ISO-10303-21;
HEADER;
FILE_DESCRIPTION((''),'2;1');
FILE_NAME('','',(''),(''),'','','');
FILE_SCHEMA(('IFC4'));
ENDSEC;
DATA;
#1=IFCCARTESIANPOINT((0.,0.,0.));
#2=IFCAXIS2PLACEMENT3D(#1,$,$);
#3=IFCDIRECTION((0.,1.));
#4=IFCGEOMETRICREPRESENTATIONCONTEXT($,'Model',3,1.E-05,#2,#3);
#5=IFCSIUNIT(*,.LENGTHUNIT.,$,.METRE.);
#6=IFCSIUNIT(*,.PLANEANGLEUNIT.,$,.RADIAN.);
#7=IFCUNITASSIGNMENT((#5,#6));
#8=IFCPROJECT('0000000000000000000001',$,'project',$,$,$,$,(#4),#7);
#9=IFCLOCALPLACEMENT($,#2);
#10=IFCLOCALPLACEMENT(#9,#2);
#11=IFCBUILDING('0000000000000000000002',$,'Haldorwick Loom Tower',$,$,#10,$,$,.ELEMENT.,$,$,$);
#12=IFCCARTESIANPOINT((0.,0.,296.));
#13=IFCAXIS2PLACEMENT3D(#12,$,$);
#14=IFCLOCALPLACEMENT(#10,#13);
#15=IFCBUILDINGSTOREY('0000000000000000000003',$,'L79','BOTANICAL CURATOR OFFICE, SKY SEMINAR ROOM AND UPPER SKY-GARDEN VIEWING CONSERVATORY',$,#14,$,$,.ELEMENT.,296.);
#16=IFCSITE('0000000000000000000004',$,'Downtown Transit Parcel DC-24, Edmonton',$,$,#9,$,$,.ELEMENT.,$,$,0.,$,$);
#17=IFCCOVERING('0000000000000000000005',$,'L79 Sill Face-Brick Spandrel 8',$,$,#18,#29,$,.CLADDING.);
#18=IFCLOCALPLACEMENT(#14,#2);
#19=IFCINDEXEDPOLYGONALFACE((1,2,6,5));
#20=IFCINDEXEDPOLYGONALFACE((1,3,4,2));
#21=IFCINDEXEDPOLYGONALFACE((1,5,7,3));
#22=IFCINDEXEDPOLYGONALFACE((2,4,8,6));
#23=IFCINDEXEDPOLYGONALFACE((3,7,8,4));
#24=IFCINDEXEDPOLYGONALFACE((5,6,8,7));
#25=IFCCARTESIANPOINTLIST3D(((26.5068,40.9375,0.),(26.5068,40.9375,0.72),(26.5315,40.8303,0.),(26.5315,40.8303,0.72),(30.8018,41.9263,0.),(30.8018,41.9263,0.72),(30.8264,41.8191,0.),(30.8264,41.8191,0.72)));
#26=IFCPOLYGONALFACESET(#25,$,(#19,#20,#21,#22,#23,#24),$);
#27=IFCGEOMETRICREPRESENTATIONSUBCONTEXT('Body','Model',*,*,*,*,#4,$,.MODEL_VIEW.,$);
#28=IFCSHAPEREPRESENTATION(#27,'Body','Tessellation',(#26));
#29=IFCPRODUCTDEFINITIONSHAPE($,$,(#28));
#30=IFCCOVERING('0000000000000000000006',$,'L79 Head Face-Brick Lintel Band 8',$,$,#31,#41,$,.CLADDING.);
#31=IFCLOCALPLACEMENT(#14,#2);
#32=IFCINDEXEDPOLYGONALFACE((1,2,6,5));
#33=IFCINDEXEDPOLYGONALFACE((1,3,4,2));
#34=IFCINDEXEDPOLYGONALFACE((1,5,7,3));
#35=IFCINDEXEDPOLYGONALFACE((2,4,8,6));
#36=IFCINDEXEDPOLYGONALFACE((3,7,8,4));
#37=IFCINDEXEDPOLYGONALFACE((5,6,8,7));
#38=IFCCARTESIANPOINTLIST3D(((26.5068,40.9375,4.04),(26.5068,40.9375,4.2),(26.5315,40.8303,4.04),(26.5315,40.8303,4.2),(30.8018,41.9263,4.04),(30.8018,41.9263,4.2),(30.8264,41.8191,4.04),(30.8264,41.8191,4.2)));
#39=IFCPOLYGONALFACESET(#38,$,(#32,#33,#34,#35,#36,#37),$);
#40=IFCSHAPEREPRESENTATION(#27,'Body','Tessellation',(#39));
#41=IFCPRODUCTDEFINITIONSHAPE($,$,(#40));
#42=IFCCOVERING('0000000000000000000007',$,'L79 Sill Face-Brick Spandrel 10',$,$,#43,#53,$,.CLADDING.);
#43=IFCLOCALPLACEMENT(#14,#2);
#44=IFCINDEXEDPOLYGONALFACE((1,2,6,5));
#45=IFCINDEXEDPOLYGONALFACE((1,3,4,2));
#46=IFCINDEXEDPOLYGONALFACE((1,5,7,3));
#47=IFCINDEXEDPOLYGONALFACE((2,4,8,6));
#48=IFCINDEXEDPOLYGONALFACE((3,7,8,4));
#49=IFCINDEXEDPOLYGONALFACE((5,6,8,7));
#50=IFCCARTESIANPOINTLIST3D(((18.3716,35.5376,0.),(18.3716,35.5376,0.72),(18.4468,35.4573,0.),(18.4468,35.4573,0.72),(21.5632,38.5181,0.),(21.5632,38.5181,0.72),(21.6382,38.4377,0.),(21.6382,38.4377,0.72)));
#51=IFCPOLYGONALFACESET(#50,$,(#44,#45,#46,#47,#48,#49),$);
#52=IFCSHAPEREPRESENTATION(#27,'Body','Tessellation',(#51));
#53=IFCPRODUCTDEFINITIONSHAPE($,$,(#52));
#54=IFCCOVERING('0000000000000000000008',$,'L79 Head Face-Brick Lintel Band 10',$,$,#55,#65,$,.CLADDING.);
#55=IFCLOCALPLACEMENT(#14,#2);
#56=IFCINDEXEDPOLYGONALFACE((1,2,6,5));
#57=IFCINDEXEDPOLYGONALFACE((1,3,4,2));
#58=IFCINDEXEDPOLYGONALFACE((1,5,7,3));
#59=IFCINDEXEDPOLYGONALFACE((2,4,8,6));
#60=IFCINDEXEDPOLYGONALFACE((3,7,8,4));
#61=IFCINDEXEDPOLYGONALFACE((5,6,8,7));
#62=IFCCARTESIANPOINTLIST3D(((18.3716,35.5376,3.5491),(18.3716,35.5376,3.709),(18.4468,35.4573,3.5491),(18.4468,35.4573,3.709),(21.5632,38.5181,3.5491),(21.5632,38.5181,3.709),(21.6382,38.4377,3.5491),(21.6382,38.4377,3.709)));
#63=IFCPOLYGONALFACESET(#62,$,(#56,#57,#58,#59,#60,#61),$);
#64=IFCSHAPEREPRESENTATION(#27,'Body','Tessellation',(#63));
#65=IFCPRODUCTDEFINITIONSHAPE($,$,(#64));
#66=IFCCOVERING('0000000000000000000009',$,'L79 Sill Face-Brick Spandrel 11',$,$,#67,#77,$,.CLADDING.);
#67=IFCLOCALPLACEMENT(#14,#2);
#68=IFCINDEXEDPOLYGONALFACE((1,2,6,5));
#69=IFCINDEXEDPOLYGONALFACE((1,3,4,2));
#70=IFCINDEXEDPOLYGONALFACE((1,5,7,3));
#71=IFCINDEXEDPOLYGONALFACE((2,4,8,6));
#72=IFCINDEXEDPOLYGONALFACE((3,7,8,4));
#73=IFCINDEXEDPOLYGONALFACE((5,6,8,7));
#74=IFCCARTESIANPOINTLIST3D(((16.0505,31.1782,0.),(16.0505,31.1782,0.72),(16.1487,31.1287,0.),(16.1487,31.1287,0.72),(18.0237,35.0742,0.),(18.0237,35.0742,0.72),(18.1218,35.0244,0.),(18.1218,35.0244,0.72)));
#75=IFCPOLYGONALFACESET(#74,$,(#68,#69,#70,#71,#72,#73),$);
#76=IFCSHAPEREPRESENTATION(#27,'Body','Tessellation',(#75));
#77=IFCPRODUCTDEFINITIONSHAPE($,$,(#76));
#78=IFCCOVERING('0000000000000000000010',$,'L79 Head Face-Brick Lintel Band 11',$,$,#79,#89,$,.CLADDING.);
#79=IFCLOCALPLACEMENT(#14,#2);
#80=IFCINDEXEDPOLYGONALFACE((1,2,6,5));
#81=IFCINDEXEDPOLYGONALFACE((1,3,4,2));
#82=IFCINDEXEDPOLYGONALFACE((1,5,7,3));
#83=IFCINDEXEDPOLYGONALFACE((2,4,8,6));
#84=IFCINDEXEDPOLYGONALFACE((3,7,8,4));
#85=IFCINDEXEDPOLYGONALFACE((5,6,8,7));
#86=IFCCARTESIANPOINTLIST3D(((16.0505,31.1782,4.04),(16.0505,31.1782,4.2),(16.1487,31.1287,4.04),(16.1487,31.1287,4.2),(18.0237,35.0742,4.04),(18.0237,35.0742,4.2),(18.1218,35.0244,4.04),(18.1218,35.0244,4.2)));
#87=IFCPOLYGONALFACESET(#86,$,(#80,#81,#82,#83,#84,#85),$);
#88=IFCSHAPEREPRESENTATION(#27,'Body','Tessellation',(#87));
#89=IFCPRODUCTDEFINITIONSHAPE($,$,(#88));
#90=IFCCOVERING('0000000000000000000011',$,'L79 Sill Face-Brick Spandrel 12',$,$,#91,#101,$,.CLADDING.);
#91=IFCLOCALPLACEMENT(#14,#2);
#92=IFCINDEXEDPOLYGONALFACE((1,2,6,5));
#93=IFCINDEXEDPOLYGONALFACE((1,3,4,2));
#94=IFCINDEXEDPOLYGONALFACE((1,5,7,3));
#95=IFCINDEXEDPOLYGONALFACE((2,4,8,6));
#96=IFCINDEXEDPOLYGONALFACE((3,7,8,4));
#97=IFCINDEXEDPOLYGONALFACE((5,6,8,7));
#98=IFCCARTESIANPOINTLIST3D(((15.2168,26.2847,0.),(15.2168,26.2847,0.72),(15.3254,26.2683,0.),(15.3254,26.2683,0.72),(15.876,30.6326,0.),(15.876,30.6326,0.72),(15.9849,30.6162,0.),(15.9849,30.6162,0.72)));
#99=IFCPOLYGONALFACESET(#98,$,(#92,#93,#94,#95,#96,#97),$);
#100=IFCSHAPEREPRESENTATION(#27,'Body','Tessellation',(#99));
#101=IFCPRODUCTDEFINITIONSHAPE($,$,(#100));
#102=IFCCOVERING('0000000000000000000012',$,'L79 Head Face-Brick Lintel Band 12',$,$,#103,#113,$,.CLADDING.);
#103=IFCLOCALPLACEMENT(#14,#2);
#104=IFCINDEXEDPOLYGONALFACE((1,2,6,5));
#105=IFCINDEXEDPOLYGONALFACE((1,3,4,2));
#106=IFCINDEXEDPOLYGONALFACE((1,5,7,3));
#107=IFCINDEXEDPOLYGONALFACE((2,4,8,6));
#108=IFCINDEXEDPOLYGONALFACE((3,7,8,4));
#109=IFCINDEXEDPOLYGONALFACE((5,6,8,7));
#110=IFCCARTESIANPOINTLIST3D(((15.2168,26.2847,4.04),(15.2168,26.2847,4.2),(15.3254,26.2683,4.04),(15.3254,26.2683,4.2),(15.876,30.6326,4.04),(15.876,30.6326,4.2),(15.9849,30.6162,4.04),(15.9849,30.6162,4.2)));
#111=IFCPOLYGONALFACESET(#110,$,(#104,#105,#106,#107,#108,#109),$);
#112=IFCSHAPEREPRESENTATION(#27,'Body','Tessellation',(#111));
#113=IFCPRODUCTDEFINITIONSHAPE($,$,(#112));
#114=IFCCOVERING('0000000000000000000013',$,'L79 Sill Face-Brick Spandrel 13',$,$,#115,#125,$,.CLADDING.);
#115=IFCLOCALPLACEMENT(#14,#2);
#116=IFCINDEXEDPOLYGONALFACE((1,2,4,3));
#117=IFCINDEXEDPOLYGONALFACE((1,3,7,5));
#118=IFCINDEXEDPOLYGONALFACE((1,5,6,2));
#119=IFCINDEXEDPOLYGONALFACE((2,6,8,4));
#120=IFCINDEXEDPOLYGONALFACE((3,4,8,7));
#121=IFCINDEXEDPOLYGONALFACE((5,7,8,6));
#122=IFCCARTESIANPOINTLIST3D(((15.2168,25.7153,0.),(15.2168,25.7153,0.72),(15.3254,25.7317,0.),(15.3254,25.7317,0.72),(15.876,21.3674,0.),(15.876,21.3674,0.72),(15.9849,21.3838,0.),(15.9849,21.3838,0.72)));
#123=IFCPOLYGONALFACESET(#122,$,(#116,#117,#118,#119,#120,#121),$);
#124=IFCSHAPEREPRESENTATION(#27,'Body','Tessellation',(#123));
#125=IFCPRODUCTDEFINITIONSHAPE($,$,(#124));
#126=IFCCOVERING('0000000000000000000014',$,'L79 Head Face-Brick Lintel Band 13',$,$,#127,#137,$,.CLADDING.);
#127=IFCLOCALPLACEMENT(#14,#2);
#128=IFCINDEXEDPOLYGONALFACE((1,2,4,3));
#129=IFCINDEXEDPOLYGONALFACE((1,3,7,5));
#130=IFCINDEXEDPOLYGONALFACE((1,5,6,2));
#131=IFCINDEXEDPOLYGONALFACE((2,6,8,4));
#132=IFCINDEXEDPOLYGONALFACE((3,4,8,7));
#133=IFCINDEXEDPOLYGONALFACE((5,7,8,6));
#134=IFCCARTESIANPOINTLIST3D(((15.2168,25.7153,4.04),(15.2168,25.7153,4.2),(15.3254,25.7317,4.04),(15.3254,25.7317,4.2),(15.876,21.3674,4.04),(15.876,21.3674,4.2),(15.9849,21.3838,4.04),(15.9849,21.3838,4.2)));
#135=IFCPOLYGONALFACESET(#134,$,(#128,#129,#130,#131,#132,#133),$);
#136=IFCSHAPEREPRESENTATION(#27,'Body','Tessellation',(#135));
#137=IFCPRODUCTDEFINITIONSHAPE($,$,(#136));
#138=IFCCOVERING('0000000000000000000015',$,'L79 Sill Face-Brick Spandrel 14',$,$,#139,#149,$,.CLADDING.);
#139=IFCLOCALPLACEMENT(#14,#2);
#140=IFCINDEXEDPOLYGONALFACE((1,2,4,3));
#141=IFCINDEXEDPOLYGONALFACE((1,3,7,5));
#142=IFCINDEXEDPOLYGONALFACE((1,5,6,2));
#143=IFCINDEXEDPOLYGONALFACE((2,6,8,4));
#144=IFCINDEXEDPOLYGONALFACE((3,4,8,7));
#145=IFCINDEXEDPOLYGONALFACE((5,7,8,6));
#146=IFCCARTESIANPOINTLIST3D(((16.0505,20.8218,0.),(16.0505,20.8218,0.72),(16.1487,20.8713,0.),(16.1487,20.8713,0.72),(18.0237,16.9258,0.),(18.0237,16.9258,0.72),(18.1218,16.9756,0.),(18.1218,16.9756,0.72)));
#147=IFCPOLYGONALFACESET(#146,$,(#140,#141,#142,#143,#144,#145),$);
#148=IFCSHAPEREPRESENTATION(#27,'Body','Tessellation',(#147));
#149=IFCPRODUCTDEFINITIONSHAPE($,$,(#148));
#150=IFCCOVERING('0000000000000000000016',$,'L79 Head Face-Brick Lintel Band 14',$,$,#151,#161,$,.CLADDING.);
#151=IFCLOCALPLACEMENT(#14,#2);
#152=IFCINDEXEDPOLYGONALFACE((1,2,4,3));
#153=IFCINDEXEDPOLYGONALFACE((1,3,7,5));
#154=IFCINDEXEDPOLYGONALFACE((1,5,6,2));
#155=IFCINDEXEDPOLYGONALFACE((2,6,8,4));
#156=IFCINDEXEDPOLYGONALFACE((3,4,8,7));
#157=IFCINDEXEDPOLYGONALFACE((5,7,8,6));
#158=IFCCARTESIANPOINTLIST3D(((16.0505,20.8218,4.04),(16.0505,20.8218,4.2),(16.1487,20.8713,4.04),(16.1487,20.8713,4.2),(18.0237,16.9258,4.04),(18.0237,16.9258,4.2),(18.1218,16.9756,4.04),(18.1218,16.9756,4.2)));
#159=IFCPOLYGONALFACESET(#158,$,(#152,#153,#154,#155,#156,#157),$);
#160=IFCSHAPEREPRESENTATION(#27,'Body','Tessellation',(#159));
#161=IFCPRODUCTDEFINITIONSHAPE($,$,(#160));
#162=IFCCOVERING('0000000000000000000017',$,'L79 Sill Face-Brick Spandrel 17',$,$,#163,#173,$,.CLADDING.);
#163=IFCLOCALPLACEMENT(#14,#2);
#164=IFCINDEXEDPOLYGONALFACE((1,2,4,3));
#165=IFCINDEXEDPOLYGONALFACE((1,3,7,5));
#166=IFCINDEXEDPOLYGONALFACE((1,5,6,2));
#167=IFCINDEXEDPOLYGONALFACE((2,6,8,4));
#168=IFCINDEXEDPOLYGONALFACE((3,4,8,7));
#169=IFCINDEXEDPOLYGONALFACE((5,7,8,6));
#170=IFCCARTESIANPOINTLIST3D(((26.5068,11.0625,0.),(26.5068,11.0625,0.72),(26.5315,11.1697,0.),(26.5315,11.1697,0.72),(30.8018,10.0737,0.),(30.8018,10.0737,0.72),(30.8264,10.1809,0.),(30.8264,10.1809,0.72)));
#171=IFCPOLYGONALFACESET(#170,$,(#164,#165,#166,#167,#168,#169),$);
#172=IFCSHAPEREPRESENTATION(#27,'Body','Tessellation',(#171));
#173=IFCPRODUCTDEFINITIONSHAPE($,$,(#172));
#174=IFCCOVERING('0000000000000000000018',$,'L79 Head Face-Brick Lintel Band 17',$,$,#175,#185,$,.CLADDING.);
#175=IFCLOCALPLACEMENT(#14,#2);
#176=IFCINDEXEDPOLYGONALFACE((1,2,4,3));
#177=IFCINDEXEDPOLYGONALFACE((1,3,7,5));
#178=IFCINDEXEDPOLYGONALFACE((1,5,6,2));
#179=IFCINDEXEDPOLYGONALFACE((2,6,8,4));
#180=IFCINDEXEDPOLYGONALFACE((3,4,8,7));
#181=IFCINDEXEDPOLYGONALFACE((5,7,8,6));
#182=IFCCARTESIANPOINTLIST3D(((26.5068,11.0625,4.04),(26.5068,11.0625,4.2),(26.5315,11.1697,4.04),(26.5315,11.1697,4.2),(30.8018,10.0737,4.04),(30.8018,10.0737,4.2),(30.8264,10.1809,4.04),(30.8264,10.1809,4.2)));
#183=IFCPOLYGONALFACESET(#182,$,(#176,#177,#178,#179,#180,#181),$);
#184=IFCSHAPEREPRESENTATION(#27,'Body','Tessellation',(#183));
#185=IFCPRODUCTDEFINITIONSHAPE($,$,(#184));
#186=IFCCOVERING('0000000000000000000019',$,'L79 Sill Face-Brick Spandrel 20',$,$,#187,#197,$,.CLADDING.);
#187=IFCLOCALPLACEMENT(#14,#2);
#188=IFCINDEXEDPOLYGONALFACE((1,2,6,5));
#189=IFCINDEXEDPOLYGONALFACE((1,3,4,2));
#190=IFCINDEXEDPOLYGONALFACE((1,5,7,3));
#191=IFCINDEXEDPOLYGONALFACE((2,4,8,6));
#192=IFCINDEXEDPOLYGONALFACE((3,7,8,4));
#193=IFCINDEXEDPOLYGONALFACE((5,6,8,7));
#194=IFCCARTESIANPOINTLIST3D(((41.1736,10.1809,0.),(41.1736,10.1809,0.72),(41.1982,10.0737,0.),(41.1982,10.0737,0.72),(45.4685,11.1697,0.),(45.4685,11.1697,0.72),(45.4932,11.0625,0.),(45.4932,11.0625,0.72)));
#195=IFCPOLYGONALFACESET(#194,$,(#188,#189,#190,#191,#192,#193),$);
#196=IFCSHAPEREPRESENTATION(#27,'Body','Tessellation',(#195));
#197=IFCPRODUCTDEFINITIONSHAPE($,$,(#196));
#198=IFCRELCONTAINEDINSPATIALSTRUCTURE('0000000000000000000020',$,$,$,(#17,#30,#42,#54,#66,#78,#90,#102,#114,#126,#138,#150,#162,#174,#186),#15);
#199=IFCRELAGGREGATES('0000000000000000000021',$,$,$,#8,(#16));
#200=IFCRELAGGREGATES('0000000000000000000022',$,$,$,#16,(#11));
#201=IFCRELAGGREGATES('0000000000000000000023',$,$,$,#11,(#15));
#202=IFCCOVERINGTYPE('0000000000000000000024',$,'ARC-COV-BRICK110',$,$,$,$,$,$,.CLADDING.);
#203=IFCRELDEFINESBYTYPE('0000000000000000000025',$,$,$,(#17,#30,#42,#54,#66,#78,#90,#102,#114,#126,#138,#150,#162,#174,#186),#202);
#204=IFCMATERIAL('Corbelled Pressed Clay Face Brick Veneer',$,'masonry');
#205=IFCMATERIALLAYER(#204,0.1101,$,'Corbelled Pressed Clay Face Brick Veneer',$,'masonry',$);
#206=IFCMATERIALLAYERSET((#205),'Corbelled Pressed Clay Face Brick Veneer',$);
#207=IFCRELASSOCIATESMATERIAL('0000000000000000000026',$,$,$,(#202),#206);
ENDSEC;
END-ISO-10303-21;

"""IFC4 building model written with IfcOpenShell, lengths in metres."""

from ifc_helpers import new_model, si_unit, direction, frame, origin, place, context, subcontext, project, spatial, polyline, outline, extrude, material, layer, layer_set, type_object, element, save


model = new_model("IFC4")

# Units and contexts
model_context = context("Model", 3, precision=1e-05, world=origin(), true_north=direction((0.0, 1.0)))
body_context = subcontext(model_context, "Body", "Model", "MODEL_VIEW")
ifc_project = project(units=[si_unit("LENGTHUNIT", "METRE"), si_unit("PLANEANGLEUNIT", "RADIAN")], contexts=[model_context])

# Site, building, storey
site_placement = place(None, origin())
site = spatial("IfcSite", under=ifc_project, at=site_placement, Name="Downtown Transit Parcel DC-24, Edmonton", CompositionType="ELEMENT", RefElevation=0.0)
building_placement = place(site_placement, origin())
building = spatial("IfcBuilding", under=site, at=building_placement, Name="Haldorwick Loom Tower", CompositionType="ELEMENT")
storey_placement = place(building_placement, frame((0.0, 0.0, 296.0)))
storey = spatial("IfcBuildingStorey", under=building, at=storey_placement, Name="L79", Description="BOTANICAL CURATOR OFFICE, SKY SEMINAR ROOM AND UPPER SKY-GARDEN VIEWING CONSERVATORY", CompositionType="ELEMENT", Elevation=296.0)

# Coverings
ifc_material_1 = material(Name="Corbelled Pressed Clay Face Brick Veneer", Category="masonry")
ifc_layer_1 = layer(ifc_material_1, 0.1101, Name="Corbelled Pressed Clay Face Brick Veneer", Category="masonry")
ifc_layer_set_1 = layer_set([ifc_layer_1], Name="Corbelled Pressed Clay Face Brick Veneer")
covering_type = type_object("IfcCoveringType", Name="ARC-COV-BRICK110", PredefinedType="CLADDING", material=ifc_layer_set_1)
covering_1_placement = place(storey_placement, origin())
element("IfcCovering", 1, at=covering_1_placement, inside=storey, type_object=covering_type, Name="L79 Sill Face-Brick Spandrel 8", PredefinedType="CLADDING", context=body_context, shape_type="SweptSolid", body=[
    extrude(outline(polyline([(30.8018, 41.9263), (26.5068, 40.9375), (26.5315, 40.8303), (30.8264, 41.8191), (30.8018, 41.9263)])), origin(), (0.0, 0.0, 1.0), 0.72),
])
covering_2_placement = place(storey_placement, frame((0.0, 0.0, 4.04)))
element("IfcCovering", 2, at=covering_2_placement, inside=storey, type_object=covering_type, Name="L79 Head Face-Brick Lintel Band 8", PredefinedType="CLADDING", context=body_context, shape_type="SweptSolid", body=[
    extrude(outline(polyline([(30.8018, 41.9263), (26.5068, 40.9375), (26.5315, 40.8303), (30.8264, 41.8191), (30.8018, 41.9263)])), origin(), (0.0, 0.0, 1.0), 0.1599),
])
covering_3_placement = place(storey_placement, origin())
element("IfcCovering", 3, at=covering_3_placement, inside=storey, type_object=covering_type, Name="L79 Sill Face-Brick Spandrel 10", PredefinedType="CLADDING", context=body_context, shape_type="SweptSolid", body=[
    extrude(outline(polyline([(21.5632, 38.5181), (18.3716, 35.5376), (18.4468, 35.4573), (21.6382, 38.4377), (21.5632, 38.5181)])), origin(), (0.0, 0.0, 1.0), 0.72),
])
covering_4_placement = place(storey_placement, frame((0.0, 0.0, 3.5491)))
element("IfcCovering", 4, at=covering_4_placement, inside=storey, type_object=covering_type, Name="L79 Head Face-Brick Lintel Band 10", PredefinedType="CLADDING", context=body_context, shape_type="SweptSolid", body=[
    extrude(outline(polyline([(21.5632, 38.5181), (18.3716, 35.5376), (18.4468, 35.4573), (21.6382, 38.4377), (21.5632, 38.5181)])), origin(), (0.0, 0.0, 1.0), 0.1599),
])
covering_5_placement = place(storey_placement, origin())
element("IfcCovering", 5, at=covering_5_placement, inside=storey, type_object=covering_type, Name="L79 Sill Face-Brick Spandrel 11", PredefinedType="CLADDING", context=body_context, shape_type="SweptSolid", body=[
    extrude(outline(polyline([(18.0237, 35.0742), (16.0505, 31.1782), (16.1487, 31.1287), (18.1218, 35.0244), (18.0237, 35.0742)])), origin(), (0.0, 0.0, 1.0), 0.72),
])
covering_6_placement = place(storey_placement, frame((0.0, 0.0, 4.04)))
element("IfcCovering", 6, at=covering_6_placement, inside=storey, type_object=covering_type, Name="L79 Head Face-Brick Lintel Band 11", PredefinedType="CLADDING", context=body_context, shape_type="SweptSolid", body=[
    extrude(outline(polyline([(18.0237, 35.0742), (16.0505, 31.1782), (16.1487, 31.1287), (18.1218, 35.0244), (18.0237, 35.0742)])), origin(), (0.0, 0.0, 1.0), 0.1599),
])
covering_7_placement = place(storey_placement, origin())
element("IfcCovering", 7, at=covering_7_placement, inside=storey, type_object=covering_type, Name="L79 Sill Face-Brick Spandrel 12", PredefinedType="CLADDING", context=body_context, shape_type="SweptSolid", body=[
    extrude(outline(polyline([(15.876, 30.6326), (15.2168, 26.2847), (15.3254, 26.2683), (15.9849, 30.6162), (15.876, 30.6326)])), origin(), (0.0, 0.0, 1.0), 0.72),
])
covering_8_placement = place(storey_placement, frame((0.0, 0.0, 4.04)))
element("IfcCovering", 8, at=covering_8_placement, inside=storey, type_object=covering_type, Name="L79 Head Face-Brick Lintel Band 12", PredefinedType="CLADDING", context=body_context, shape_type="SweptSolid", body=[
    extrude(outline(polyline([(15.876, 30.6326), (15.2168, 26.2847), (15.3254, 26.2683), (15.9849, 30.6162), (15.876, 30.6326)])), origin(), (0.0, 0.0, 1.0), 0.1599),
])
covering_9_placement = place(storey_placement, origin())
element("IfcCovering", 9, at=covering_9_placement, inside=storey, type_object=covering_type, Name="L79 Sill Face-Brick Spandrel 13", PredefinedType="CLADDING", context=body_context, shape_type="SweptSolid", body=[
    extrude(outline(polyline([(15.2168, 25.7153), (15.876, 21.3674), (15.9849, 21.3838), (15.3254, 25.7317), (15.2168, 25.7153)])), origin(), (0.0, 0.0, 1.0), 0.72),
])
covering_10_placement = place(storey_placement, frame((0.0, 0.0, 4.04)))
element("IfcCovering", 10, at=covering_10_placement, inside=storey, type_object=covering_type, Name="L79 Head Face-Brick Lintel Band 13", PredefinedType="CLADDING", context=body_context, shape_type="SweptSolid", body=[
    extrude(outline(polyline([(15.2168, 25.7153), (15.876, 21.3674), (15.9849, 21.3838), (15.3254, 25.7317), (15.2168, 25.7153)])), origin(), (0.0, 0.0, 1.0), 0.1599),
])
covering_11_placement = place(storey_placement, origin())
element("IfcCovering", 11, at=covering_11_placement, inside=storey, type_object=covering_type, Name="L79 Sill Face-Brick Spandrel 14", PredefinedType="CLADDING", context=body_context, shape_type="SweptSolid", body=[
    extrude(outline(polyline([(16.0505, 20.8218), (18.0237, 16.9258), (18.1218, 16.9756), (16.1487, 20.8713), (16.0505, 20.8218)])), origin(), (0.0, 0.0, 1.0), 0.72),
])
covering_12_placement = place(storey_placement, frame((0.0, 0.0, 4.04)))
element("IfcCovering", 12, at=covering_12_placement, inside=storey, type_object=covering_type, Name="L79 Head Face-Brick Lintel Band 14", PredefinedType="CLADDING", context=body_context, shape_type="SweptSolid", body=[
    extrude(outline(polyline([(16.0505, 20.8218), (18.0237, 16.9258), (18.1218, 16.9756), (16.1487, 20.8713), (16.0505, 20.8218)])), origin(), (0.0, 0.0, 1.0), 0.1599),
])
covering_13_placement = place(storey_placement, origin())
element("IfcCovering", 13, at=covering_13_placement, inside=storey, type_object=covering_type, Name="L79 Sill Face-Brick Spandrel 17", PredefinedType="CLADDING", context=body_context, shape_type="SweptSolid", body=[
    extrude(outline(polyline([(26.5068, 11.0625), (30.8018, 10.0737), (30.8264, 10.1809), (26.5315, 11.1697), (26.5068, 11.0625)])), origin(), (0.0, 0.0, 1.0), 0.72),
])
covering_14_placement = place(storey_placement, frame((0.0, 0.0, 4.04)))
element("IfcCovering", 14, at=covering_14_placement, inside=storey, type_object=covering_type, Name="L79 Head Face-Brick Lintel Band 17", PredefinedType="CLADDING", context=body_context, shape_type="SweptSolid", body=[
    extrude(outline(polyline([(26.5068, 11.0625), (30.8018, 10.0737), (30.8264, 10.1809), (26.5315, 11.1697), (26.5068, 11.0625)])), origin(), (0.0, 0.0, 1.0), 0.1599),
])
covering_15_placement = place(storey_placement, origin())
element("IfcCovering", 15, at=covering_15_placement, inside=storey, type_object=covering_type, Name="L79 Sill Face-Brick Spandrel 20", PredefinedType="CLADDING", context=body_context, shape_type="SweptSolid", body=[
    extrude(outline(polyline([(41.1982, 10.0737), (45.4932, 11.0625), (45.4685, 11.1697), (41.1736, 10.1809), (41.1982, 10.0737)])), origin(), (0.0, 0.0, 1.0), 0.72),
])

save(model, "model.ifc")
